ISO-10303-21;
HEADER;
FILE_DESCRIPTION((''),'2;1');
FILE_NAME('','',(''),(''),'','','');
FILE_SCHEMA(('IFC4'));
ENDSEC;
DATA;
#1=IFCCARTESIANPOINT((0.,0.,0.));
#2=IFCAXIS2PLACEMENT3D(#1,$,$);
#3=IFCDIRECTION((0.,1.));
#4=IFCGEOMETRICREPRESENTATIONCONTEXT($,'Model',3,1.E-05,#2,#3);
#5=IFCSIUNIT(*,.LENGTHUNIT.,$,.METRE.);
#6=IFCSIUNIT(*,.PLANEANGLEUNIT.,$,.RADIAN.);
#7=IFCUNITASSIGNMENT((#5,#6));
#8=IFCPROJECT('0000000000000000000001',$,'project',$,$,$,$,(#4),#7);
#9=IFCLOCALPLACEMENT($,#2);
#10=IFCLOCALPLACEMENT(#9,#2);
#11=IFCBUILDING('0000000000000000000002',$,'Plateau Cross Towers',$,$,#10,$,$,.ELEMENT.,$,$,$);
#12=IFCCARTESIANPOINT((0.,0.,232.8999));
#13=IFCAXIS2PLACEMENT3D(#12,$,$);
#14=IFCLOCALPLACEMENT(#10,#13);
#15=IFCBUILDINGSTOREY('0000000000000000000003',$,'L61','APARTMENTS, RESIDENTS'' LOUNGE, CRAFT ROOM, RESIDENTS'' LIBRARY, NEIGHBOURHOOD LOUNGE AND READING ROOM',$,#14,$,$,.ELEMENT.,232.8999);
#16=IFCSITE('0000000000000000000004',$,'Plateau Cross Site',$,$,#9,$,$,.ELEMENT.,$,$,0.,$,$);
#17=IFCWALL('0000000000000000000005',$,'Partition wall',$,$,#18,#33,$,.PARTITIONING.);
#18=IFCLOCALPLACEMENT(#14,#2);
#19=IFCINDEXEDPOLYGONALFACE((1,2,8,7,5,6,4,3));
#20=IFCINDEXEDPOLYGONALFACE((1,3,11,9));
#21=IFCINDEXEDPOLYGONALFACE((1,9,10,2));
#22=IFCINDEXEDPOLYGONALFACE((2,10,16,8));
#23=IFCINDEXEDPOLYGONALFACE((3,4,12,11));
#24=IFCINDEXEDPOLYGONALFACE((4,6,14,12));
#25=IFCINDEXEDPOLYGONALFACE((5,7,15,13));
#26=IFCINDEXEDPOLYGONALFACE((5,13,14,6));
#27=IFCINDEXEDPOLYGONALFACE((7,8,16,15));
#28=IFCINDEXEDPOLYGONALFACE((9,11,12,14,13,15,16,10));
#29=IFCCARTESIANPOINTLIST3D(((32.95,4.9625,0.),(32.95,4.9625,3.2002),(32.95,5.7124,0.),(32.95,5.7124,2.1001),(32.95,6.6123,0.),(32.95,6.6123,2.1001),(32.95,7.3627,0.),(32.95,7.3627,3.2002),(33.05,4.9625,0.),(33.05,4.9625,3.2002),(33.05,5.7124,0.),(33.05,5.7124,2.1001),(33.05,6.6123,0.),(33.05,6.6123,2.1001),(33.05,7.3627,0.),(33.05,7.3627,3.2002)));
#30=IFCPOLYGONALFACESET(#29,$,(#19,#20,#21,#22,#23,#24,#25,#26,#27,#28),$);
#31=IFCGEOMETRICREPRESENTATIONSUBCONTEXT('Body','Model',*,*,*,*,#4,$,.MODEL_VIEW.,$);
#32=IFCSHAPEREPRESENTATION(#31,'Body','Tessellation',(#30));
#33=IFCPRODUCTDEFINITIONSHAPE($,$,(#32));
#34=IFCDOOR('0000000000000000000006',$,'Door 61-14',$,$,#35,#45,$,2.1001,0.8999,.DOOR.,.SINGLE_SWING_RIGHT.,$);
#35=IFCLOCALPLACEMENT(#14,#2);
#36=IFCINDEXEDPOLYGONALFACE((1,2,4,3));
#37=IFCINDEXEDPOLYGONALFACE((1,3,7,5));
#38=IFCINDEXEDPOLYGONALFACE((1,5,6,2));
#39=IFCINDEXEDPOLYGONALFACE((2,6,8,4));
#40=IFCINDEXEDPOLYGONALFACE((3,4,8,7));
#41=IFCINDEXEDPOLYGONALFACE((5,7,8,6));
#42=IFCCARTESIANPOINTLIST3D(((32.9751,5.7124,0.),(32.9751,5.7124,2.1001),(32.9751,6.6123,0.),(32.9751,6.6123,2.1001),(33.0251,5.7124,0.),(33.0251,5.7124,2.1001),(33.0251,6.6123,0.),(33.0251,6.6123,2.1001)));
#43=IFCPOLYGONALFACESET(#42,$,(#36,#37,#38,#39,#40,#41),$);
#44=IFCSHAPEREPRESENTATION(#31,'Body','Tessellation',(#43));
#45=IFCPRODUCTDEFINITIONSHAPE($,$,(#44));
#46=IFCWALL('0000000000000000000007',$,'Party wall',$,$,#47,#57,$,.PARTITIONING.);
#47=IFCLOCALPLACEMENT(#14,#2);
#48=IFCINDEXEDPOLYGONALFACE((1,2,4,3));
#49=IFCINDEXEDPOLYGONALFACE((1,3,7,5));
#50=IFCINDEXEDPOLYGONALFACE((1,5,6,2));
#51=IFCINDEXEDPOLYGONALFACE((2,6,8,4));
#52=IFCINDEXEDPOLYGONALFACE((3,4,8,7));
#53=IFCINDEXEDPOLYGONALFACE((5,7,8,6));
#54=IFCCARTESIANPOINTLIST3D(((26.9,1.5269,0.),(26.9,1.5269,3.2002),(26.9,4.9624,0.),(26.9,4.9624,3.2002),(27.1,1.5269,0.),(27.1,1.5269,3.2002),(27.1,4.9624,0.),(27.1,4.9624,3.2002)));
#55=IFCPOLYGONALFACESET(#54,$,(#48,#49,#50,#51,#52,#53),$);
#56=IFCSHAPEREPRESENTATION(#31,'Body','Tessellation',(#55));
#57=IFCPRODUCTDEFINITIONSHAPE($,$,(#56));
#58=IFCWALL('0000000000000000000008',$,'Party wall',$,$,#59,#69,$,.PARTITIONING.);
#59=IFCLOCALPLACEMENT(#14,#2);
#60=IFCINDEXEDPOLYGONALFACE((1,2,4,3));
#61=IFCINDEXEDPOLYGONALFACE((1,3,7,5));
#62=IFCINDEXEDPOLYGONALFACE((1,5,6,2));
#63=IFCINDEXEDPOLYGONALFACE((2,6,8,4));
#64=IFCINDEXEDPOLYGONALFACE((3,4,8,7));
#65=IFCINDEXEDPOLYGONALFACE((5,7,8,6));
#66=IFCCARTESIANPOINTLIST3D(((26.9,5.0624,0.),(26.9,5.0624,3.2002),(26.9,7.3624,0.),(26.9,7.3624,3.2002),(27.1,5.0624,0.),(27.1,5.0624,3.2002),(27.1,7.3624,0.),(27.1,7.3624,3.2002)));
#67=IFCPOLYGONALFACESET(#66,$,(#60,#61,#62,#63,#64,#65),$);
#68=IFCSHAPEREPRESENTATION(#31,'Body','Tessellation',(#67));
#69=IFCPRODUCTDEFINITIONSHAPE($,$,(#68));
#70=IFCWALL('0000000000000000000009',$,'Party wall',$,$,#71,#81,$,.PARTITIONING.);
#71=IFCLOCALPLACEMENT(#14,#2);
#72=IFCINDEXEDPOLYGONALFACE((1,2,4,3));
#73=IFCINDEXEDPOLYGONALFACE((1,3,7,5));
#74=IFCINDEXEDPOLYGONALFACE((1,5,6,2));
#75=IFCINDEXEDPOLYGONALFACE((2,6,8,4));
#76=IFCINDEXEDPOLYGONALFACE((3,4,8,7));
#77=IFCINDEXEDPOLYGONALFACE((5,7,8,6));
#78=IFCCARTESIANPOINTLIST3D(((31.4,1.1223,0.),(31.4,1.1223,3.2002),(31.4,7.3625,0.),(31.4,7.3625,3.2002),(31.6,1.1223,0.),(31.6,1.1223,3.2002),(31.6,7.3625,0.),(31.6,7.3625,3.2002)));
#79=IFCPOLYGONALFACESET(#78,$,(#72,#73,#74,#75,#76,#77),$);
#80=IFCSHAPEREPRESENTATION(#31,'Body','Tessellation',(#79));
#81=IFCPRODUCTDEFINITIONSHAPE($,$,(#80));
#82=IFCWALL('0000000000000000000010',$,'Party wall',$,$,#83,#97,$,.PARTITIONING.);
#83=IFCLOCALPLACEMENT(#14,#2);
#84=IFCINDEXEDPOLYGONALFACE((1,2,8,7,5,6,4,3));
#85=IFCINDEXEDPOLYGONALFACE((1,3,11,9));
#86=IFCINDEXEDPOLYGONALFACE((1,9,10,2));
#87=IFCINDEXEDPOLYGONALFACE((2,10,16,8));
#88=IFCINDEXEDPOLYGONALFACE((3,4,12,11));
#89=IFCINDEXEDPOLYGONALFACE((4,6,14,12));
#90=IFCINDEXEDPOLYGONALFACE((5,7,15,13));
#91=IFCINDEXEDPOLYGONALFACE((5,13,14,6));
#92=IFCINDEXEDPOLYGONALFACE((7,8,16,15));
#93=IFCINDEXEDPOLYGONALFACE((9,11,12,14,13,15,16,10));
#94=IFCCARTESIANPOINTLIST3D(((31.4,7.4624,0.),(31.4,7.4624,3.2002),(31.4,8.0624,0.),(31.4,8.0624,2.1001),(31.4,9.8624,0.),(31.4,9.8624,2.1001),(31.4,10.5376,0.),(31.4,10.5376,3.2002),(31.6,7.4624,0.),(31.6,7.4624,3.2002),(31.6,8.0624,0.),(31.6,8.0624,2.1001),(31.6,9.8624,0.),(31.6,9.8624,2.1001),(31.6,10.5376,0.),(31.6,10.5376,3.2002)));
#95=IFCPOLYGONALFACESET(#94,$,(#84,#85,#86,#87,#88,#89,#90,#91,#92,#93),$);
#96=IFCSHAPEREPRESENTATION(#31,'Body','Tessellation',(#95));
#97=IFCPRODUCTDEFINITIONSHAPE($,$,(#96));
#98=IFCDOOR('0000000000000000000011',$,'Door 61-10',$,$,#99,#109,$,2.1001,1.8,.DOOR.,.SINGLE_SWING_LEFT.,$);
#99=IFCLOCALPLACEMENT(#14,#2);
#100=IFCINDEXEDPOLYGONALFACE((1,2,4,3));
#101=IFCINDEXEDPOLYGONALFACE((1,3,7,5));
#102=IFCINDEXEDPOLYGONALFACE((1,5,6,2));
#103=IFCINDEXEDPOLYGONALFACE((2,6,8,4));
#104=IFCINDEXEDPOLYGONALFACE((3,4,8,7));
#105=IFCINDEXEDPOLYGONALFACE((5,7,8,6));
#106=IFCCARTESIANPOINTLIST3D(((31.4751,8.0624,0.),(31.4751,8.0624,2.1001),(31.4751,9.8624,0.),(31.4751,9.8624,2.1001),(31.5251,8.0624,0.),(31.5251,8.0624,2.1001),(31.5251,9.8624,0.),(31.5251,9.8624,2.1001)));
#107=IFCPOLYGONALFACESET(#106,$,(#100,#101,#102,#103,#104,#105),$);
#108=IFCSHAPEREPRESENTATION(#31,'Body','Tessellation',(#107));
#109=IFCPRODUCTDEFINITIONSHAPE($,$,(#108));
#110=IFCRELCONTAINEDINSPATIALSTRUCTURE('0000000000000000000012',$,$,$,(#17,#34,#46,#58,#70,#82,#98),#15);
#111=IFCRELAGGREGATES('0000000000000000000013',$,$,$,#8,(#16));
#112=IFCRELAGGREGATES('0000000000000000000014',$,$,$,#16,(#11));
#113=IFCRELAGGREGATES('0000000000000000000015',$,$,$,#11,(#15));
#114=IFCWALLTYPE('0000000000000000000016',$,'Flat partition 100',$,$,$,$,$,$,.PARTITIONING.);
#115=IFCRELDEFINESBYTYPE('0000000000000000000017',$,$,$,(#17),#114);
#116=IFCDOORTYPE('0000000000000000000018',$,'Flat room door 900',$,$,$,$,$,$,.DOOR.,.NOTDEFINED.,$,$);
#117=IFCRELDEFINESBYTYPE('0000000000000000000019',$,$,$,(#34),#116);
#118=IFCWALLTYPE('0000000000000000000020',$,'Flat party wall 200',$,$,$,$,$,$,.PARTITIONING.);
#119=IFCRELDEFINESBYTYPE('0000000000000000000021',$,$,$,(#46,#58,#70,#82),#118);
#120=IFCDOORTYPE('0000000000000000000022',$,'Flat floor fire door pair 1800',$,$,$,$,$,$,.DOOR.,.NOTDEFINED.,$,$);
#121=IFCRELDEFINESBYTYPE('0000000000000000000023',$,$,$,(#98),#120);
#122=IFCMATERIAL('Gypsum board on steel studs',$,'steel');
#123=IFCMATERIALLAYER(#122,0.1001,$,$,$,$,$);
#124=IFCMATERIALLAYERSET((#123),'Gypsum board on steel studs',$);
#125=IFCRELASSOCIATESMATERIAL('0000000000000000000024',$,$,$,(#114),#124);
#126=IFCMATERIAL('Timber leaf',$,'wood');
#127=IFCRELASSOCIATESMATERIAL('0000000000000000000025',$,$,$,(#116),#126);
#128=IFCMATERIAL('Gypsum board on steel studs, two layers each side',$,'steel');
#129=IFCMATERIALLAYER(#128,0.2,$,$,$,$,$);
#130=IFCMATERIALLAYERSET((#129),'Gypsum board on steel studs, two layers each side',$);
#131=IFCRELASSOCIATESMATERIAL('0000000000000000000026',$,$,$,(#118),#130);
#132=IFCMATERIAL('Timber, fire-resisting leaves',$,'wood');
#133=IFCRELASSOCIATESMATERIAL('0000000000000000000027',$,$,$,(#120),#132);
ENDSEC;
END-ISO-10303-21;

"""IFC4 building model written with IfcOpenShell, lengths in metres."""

from ifc_helpers import new_model, si_unit, direction, frame, frame_2d, origin, place, context, subcontext, project, spatial, rectangle, extrude, material, layer, layer_set, type_object, element, fill, save


model = new_model("IFC4")

# Units and contexts
model_context = context("Model", 3, precision=1e-05, world=origin(), true_north=direction((0.0, 1.0)))
body_context = subcontext(model_context, "Body", "Model", "MODEL_VIEW")
ifc_project = project(units=[si_unit("LENGTHUNIT", "METRE"), si_unit("PLANEANGLEUNIT", "RADIAN")], contexts=[model_context])

# Site, building, storey
site_placement = place(None, origin())
site = spatial("IfcSite", under=ifc_project, at=site_placement, Name="Plateau Cross Site", CompositionType="ELEMENT", RefElevation=0.0)
building_placement = place(site_placement, origin())
building = spatial("IfcBuilding", under=site, at=building_placement, Name="Plateau Cross Towers", CompositionType="ELEMENT")
storey_placement = place(building_placement, frame((0.0, 0.0, 232.8999)))
storey = spatial("IfcBuildingStorey", under=building, at=storey_placement, Name="L61", Description="APARTMENTS, RESIDENTS' LOUNGE, CRAFT ROOM, RESIDENTS' LIBRARY, NEIGHBOURHOOD LOUNGE AND READING ROOM", CompositionType="ELEMENT", Elevation=232.8999)

# Shared definitions
ifc_material_1 = material(Name="Gypsum board on steel studs", Category="steel")
ifc_layer_1 = layer(ifc_material_1, 0.1001)
ifc_layer_set_1 = layer_set([ifc_layer_1], Name="Gypsum board on steel studs")
wall_type_1 = type_object("IfcWallType", Name="Flat partition 100", PredefinedType="PARTITIONING", material=ifc_layer_set_1)

# Wall, opening, door
ifc_material_2 = material(Name="Timber leaf", Category="wood")
door_type_1 = type_object("IfcDoorType", Name="Flat room door 900", OperationType="NOTDEFINED", PredefinedType="DOOR", material=ifc_material_2)
wall_1_placement = place(storey_placement, frame((33.0, 4.9624, 0.0), z_axis=(0.0, 0.0, 1.0), x_axis=(0.0, 1.0, 0.0)))
wall_1 = element("IfcWall", 1, at=wall_1_placement, inside=storey, type_object=wall_type_1, Name="Partition wall", PredefinedType="PARTITIONING", context=body_context, shape_type="SweptSolid", body=[
    extrude(rectangle(XDim=2.4001, YDim=0.1001, at=frame_2d((1.2002, 0.0))), origin(), (0.0, 0.0, 1.0), 3.2002),
])
opening_1_placement = place(wall_1_placement, frame((0.75, 0.0, 0.0)))
opening_1 = element("IfcOpeningElement", 2, at=opening_1_placement, cuts=wall_1, PredefinedType="OPENING", context=body_context, shape_type="SweptSolid", body=[
    extrude(rectangle(XDim=0.8999, YDim=2.1001, at=frame_2d((0.45, 1.05))), frame((0.0, 0.0601, 0.0), z_axis=(0.0, -1.0, 0.0), x_axis=(1.0, 0.0, 0.0)), (0.0, 0.0, 1.0), 0.1201),
])
door_1_placement = place(opening_1_placement, origin())
door_1 = element("IfcDoor", 3, at=door_1_placement, inside=storey, type_object=door_type_1, Name="Door 61-14", OperationType="SINGLE_SWING_RIGHT", OverallHeight=2.1001, OverallWidth=0.8999, PredefinedType="DOOR", context=body_context, shape_type="SweptSolid", body=[
    extrude(rectangle(XDim=0.8999, YDim=2.1001, at=frame_2d((0.45, 1.05))), frame((0.0, 0.0249, 0.0), z_axis=(0.0, -1.0, 0.0), x_axis=(1.0, 0.0, 0.0)), (0.0, 0.0, 1.0), 0.05),
])
fill(opening_1, door_1)

# Walls
ifc_material_3 = material(Name="Gypsum board on steel studs, two layers each side", Category="steel")
ifc_layer_2 = layer(ifc_material_3, 0.2)
ifc_layer_set_2 = layer_set([ifc_layer_2], Name="Gypsum board on steel studs, two layers each side")
wall_type_2 = type_object("IfcWallType", Name="Flat party wall 200", PredefinedType="PARTITIONING", material=ifc_layer_set_2)
wall_2_placement = place(storey_placement, frame((27.0, 4.9624, 0.0), z_axis=(0.0, 0.0, 1.0), x_axis=(0.0, -1.0, 0.0)))
element("IfcWall", 4, at=wall_2_placement, inside=storey, type_object=wall_type_2, Name="Party wall", PredefinedType="PARTITIONING", context=body_context, shape_type="SweptSolid", body=[
    extrude(rectangle(XDim=3.4355, YDim=0.2, at=frame_2d((1.7178, 0.0))), origin(), (0.0, 0.0, 1.0), 3.2002),
])
wall_3_placement = place(storey_placement, frame((27.0, 5.0625, 0.0), z_axis=(0.0, 0.0, 1.0), x_axis=(0.0, 1.0, 0.0)))
element("IfcWall", 5, at=wall_3_placement, inside=storey, type_object=wall_type_2, Name="Party wall", PredefinedType="PARTITIONING", context=body_context, shape_type="SweptSolid", body=[
    extrude(rectangle(XDim=2.3, YDim=0.2, at=frame_2d((1.1499, 0.0))), origin(), (0.0, 0.0, 1.0), 3.2002),
])
wall_4_placement = place(storey_placement, frame((31.5, 1.1223, 0.0), z_axis=(0.0, 0.0, 1.0), x_axis=(0.0, 1.0, 0.0)))
element("IfcWall", 6, at=wall_4_placement, inside=storey, type_object=wall_type_2, Name="Party wall", PredefinedType="PARTITIONING", context=body_context, shape_type="SweptSolid", body=[
    extrude(rectangle(XDim=6.2402, YDim=0.2, at=frame_2d((3.1201, 0.0))), origin(), (0.0, 0.0, 1.0), 3.2002),
])

# Wall, opening, door
wall_5_placement = place(storey_placement, frame((31.5, 7.4624, 0.0), z_axis=(0.0, 0.0, 1.0), x_axis=(0.0, 1.0, 0.0)))
wall_5 = element("IfcWall", 7, at=wall_5_placement, inside=storey, type_object=wall_type_2, Name="Party wall", PredefinedType="PARTITIONING", context=body_context, shape_type="SweptSolid", body=[
    extrude(rectangle(XDim=3.0752, YDim=0.2, at=frame_2d((1.5376, 0.0))), origin(), (0.0, 0.0, 1.0), 3.2002),
])
opening_2_placement = place(wall_5_placement, frame((0.6001, 0.0, 0.0)))
opening_2 = element("IfcOpeningElement", 8, at=opening_2_placement, cuts=wall_5, PredefinedType="OPENING", context=body_context, shape_type="SweptSolid", body=[
    extrude(rectangle(XDim=1.8, YDim=2.1001, at=frame_2d((0.8999, 1.05))), frame((0.0, 0.1099, 0.0), z_axis=(0.0, -1.0, 0.0), x_axis=(1.0, 0.0, 0.0)), (0.0, 0.0, 1.0), 0.22),
])
ifc_material_4 = material(Name="Timber, fire-resisting leaves", Category="wood")
door_type_2 = type_object("IfcDoorType", Name="Flat floor fire door pair 1800", OperationType="NOTDEFINED", PredefinedType="DOOR", material=ifc_material_4)
door_2_placement = place(opening_2_placement, origin())
door_2 = element("IfcDoor", 9, at=door_2_placement, inside=storey, type_object=door_type_2, Name="Door 61-10", OperationType="SINGLE_SWING_LEFT", OverallHeight=2.1001, OverallWidth=1.8, PredefinedType="DOOR", context=body_context, shape_type="SweptSolid", body=[
    extrude(rectangle(XDim=1.8, YDim=2.1001, at=frame_2d((0.8999, 1.05))), frame((0.0, 0.0249, 0.0), z_axis=(0.0, -1.0, 0.0), x_axis=(1.0, 0.0, 0.0)), (0.0, 0.0, 1.0), 0.05),
])
fill(opening_2, door_2)

save(model, "model.ifc")
